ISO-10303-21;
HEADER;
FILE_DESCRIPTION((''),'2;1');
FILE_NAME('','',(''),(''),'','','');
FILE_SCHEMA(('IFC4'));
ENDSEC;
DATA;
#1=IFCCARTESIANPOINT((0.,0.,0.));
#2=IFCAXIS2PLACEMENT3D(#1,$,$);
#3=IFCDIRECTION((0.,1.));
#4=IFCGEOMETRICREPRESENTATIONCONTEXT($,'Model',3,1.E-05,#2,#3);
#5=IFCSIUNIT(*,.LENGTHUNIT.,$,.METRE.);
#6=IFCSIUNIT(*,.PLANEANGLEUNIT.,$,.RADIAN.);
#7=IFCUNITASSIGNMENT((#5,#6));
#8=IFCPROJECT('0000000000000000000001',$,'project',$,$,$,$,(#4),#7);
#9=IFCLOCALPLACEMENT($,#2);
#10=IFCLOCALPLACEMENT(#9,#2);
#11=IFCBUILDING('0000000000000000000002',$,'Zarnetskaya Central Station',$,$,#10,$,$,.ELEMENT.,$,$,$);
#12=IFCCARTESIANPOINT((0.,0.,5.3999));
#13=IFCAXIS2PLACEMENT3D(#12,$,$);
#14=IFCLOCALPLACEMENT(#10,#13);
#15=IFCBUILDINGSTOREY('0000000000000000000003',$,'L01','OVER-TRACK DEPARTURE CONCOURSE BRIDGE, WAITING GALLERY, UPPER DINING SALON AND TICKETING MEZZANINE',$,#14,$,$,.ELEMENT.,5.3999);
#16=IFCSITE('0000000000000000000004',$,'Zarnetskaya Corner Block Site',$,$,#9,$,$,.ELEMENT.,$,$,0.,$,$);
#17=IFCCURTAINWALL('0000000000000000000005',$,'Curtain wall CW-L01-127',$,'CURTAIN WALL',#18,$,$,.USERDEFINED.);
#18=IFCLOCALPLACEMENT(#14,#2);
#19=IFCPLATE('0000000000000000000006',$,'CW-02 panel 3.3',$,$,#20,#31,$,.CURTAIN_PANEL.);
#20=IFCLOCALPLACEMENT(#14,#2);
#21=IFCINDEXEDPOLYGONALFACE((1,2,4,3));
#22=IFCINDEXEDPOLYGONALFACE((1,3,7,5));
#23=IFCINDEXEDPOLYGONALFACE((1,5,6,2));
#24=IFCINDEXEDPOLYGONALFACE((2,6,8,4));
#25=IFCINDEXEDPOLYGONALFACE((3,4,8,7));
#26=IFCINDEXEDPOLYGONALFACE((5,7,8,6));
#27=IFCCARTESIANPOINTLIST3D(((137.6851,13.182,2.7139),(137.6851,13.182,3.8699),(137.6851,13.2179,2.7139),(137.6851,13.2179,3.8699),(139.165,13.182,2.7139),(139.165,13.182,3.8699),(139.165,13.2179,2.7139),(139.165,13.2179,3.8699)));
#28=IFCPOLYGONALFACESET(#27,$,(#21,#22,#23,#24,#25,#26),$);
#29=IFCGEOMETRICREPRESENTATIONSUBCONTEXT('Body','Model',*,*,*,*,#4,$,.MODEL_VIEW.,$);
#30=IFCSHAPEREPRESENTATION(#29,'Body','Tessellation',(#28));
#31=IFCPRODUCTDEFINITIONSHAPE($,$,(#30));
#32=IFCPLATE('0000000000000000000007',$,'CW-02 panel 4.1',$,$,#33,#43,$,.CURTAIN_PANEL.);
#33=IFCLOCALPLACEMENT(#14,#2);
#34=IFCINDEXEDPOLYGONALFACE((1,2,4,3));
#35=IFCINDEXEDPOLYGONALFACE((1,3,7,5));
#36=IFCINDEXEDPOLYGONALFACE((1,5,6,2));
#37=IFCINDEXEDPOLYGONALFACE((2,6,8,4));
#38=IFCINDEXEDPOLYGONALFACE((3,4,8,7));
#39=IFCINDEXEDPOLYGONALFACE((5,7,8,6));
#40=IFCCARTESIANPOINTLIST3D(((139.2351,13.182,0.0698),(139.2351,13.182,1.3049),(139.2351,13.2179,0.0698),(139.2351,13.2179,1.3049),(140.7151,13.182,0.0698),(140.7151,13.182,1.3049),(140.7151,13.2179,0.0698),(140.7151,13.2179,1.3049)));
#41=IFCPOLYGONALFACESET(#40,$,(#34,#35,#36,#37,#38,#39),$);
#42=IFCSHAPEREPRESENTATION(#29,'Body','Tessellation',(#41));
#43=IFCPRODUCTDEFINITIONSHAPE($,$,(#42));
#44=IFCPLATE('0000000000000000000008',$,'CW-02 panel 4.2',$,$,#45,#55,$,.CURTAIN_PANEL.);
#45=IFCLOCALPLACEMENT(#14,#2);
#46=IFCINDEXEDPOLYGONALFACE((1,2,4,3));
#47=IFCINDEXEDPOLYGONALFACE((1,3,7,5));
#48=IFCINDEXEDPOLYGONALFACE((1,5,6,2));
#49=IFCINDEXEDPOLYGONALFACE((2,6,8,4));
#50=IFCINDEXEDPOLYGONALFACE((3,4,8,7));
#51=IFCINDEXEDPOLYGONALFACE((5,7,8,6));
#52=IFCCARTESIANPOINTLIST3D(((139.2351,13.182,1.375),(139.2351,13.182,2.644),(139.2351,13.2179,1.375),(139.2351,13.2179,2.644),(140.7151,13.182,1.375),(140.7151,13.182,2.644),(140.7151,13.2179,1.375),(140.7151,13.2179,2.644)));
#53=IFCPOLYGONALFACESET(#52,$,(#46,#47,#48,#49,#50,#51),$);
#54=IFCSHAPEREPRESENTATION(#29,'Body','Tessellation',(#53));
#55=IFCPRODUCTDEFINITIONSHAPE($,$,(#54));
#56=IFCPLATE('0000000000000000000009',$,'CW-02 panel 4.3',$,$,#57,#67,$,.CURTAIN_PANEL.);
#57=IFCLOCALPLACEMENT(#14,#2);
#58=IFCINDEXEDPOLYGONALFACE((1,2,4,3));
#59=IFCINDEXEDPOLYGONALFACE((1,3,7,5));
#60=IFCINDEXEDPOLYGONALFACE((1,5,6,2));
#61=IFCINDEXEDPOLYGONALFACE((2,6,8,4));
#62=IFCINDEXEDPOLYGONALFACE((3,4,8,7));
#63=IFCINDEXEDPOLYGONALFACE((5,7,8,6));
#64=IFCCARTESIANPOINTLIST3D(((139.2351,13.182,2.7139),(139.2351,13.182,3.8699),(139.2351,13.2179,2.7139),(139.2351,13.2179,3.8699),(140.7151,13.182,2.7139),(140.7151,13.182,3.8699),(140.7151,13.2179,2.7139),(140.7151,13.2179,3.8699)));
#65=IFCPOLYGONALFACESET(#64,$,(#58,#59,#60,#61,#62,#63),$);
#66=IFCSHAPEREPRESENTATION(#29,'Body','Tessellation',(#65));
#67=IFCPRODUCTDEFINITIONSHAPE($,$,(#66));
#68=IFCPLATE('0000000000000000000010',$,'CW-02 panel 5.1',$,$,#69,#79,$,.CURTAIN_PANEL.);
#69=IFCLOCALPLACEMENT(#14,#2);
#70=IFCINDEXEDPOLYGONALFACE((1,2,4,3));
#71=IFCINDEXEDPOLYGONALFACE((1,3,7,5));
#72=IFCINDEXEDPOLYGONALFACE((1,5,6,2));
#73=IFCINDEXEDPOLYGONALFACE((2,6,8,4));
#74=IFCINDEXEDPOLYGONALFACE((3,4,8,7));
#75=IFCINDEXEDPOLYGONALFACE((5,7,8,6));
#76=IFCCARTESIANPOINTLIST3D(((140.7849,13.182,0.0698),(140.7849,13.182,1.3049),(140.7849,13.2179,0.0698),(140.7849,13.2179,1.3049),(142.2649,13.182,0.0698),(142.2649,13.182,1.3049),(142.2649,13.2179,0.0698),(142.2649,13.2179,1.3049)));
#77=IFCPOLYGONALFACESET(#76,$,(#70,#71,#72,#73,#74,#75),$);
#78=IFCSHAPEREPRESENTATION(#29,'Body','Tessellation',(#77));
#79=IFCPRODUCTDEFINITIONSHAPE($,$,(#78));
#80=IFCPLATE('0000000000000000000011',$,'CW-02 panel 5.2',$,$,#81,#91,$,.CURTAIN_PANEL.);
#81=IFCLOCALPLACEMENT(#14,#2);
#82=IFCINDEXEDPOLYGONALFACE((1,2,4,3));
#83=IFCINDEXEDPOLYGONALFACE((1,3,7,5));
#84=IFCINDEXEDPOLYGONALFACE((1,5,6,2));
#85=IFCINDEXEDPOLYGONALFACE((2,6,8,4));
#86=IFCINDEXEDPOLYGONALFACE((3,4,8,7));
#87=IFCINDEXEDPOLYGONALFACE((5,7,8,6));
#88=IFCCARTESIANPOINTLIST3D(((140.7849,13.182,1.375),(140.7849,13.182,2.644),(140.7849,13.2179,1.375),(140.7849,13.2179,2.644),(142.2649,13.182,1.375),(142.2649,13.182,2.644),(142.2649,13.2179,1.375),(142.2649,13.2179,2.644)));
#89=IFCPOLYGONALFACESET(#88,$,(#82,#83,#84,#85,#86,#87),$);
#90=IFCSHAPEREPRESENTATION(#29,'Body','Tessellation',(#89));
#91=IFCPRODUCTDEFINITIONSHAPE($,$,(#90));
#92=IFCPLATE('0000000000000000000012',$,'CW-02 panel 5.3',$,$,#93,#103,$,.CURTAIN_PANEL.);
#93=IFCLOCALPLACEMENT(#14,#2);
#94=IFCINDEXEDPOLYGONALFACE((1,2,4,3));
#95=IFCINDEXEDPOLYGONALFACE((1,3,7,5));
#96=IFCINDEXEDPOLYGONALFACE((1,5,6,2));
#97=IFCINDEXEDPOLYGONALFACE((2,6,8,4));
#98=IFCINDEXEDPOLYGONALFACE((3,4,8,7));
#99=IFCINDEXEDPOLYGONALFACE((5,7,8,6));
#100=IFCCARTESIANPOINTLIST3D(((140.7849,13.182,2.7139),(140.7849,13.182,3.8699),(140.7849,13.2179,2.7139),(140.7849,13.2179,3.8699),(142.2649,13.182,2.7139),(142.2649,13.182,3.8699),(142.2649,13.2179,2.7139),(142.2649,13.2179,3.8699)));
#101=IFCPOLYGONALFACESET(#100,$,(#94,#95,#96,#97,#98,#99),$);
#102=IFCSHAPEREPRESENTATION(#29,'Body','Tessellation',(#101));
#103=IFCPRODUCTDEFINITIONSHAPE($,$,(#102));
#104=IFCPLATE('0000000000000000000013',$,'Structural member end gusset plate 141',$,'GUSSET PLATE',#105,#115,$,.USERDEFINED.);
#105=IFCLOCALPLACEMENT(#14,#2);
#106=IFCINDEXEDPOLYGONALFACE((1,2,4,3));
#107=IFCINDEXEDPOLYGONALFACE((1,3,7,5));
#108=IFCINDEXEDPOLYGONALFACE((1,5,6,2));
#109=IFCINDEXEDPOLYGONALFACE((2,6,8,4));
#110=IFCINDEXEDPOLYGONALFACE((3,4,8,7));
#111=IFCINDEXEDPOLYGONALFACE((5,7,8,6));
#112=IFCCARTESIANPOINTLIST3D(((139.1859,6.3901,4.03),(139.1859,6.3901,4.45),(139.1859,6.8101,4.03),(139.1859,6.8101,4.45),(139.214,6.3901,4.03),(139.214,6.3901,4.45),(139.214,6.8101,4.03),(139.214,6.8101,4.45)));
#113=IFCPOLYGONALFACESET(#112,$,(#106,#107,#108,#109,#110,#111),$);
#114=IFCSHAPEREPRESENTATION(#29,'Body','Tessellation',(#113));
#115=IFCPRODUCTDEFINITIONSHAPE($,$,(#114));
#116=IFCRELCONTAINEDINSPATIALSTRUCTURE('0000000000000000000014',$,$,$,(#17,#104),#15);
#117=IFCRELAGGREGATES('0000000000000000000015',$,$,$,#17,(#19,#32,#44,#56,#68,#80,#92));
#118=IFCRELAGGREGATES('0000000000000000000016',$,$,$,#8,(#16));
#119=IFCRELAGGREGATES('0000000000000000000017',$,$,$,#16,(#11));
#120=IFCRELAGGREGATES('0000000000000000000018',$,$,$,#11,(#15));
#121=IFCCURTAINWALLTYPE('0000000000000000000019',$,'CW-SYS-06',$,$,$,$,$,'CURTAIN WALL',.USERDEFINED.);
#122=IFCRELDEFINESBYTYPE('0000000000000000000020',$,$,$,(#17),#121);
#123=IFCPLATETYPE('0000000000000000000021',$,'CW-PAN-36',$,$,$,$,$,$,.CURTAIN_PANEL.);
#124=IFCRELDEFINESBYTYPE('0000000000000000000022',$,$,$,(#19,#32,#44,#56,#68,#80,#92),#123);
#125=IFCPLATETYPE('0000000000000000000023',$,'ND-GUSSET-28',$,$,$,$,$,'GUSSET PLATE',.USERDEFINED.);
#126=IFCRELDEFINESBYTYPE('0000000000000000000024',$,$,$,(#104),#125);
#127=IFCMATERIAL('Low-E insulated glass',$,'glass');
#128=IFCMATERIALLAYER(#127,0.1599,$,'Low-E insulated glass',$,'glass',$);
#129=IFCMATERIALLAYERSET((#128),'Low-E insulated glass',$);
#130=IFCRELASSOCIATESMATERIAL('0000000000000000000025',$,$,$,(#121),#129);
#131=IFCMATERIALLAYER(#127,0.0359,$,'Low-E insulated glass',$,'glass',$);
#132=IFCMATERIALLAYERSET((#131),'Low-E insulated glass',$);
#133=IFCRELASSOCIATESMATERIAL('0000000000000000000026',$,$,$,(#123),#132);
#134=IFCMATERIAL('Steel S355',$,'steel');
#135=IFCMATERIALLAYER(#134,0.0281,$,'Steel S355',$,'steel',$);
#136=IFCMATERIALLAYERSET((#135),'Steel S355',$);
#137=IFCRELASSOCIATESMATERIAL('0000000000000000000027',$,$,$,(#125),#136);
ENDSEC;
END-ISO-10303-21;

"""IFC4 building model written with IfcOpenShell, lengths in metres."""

from ifc_helpers import new_model, si_unit, direction, frame, origin, origin_2d, place, context, subcontext, project, spatial, rectangle, extrude, material, layer, layer_set, type_object, element, aggregate, save


model = new_model("IFC4")

# Units and contexts
model_context = context("Model", 3, precision=1e-05, world=origin(), true_north=direction((0.0, 1.0)))
body_context = subcontext(model_context, "Body", "Model", "MODEL_VIEW")
ifc_project = project(units=[si_unit("LENGTHUNIT", "METRE"), si_unit("PLANEANGLEUNIT", "RADIAN")], contexts=[model_context])

# Site, building, storey
site_placement = place(None, origin())
site = spatial("IfcSite", under=ifc_project, at=site_placement, Name="Zarnetskaya Corner Block Site", CompositionType="ELEMENT", RefElevation=0.0)
building_placement = place(site_placement, origin())
building = spatial("IfcBuilding", under=site, at=building_placement, Name="Zarnetskaya Central Station", CompositionType="ELEMENT")
storey_placement = place(building_placement, frame((0.0, 0.0, 5.3999)))
storey = spatial("IfcBuildingStorey", under=building, at=storey_placement, Name="L01", Description="OVER-TRACK DEPARTURE CONCOURSE BRIDGE, WAITING GALLERY, UPPER DINING SALON AND TICKETING MEZZANINE", CompositionType="ELEMENT", Elevation=5.3999)

# Curtain wall, plates
ifc_material_1 = material(Name="Low-E insulated glass", Category="glass")
ifc_layer_1 = layer(ifc_material_1, 0.1599, Name="Low-E insulated glass", Category="glass")
ifc_layer_set_1 = layer_set([ifc_layer_1], Name="Low-E insulated glass")
curtain_wall_type = type_object("IfcCurtainWallType", Name="CW-SYS-06", ElementType="CURTAIN WALL", PredefinedType="USERDEFINED", material=ifc_layer_set_1)
curtain_wall_placement = place(storey_placement, origin())
curtain_wall = element("IfcCurtainWall", 1, at=curtain_wall_placement, inside=storey, type_object=curtain_wall_type, Name="Curtain wall CW-L01-127", ObjectType="CURTAIN WALL", PredefinedType="USERDEFINED")
ifc_layer_2 = layer(ifc_material_1, 0.0359, Name="Low-E insulated glass", Category="glass")
ifc_layer_set_2 = layer_set([ifc_layer_2], Name="Low-E insulated glass")
plate_type_1 = type_object("IfcPlateType", Name="CW-PAN-36", PredefinedType="CURTAIN_PANEL", material=ifc_layer_set_2)
plate_1_placement = place(storey_placement, frame((138.425, 13.2, 2.7139), z_axis=(0.0, 0.0, 1.0), x_axis=(1.0, 0.0, 0.0)))
plate_1 = element("IfcPlate", 2, at=plate_1_placement, type_object=plate_type_1, Name="CW-02 panel 3.3", PredefinedType="CURTAIN_PANEL", context=body_context, shape_type="SweptSolid", body=[
    extrude(rectangle(XDim=1.48, YDim=0.0359, at=origin_2d()), origin(), (0.0, 0.0, 1.0), 1.156),
])
plate_2_placement = place(storey_placement, frame((139.9751, 13.2, 0.0698), z_axis=(0.0, 0.0, 1.0), x_axis=(1.0, 0.0, 0.0)))
plate_2 = element("IfcPlate", 3, at=plate_2_placement, type_object=plate_type_1, Name="CW-02 panel 4.1", PredefinedType="CURTAIN_PANEL", context=body_context, shape_type="SweptSolid", body=[
    extrude(rectangle(XDim=1.48, YDim=0.0359, at=origin_2d()), origin(), (0.0, 0.0, 1.0), 1.2351),
])
plate_3_placement = place(storey_placement, frame((139.9751, 13.2, 1.375), z_axis=(0.0, 0.0, 1.0), x_axis=(1.0, 0.0, 0.0)))
plate_3 = element("IfcPlate", 4, at=plate_3_placement, type_object=plate_type_1, Name="CW-02 panel 4.2", PredefinedType="CURTAIN_PANEL", context=body_context, shape_type="SweptSolid", body=[
    extrude(rectangle(XDim=1.48, YDim=0.0359, at=origin_2d()), origin(), (0.0, 0.0, 1.0), 1.269),
])
plate_4_placement = place(storey_placement, frame((139.9751, 13.2, 2.7139), z_axis=(0.0, 0.0, 1.0), x_axis=(1.0, 0.0, 0.0)))
plate_4 = element("IfcPlate", 5, at=plate_4_placement, type_object=plate_type_1, Name="CW-02 panel 4.3", PredefinedType="CURTAIN_PANEL", context=body_context, shape_type="SweptSolid", body=[
    extrude(rectangle(XDim=1.48, YDim=0.0359, at=origin_2d()), origin(), (0.0, 0.0, 1.0), 1.156),
])
plate_5_placement = place(storey_placement, frame((141.5249, 13.2, 0.0698), z_axis=(0.0, 0.0, 1.0), x_axis=(1.0, 0.0, 0.0)))
plate_5 = element("IfcPlate", 6, at=plate_5_placement, type_object=plate_type_1, Name="CW-02 panel 5.1", PredefinedType="CURTAIN_PANEL", context=body_context, shape_type="SweptSolid", body=[
    extrude(rectangle(XDim=1.48, YDim=0.0359, at=origin_2d()), origin(), (0.0, 0.0, 1.0), 1.2351),
])
plate_6_placement = place(storey_placement, frame((141.5249, 13.2, 1.375), z_axis=(0.0, 0.0, 1.0), x_axis=(1.0, 0.0, 0.0)))
plate_6 = element("IfcPlate", 7, at=plate_6_placement, type_object=plate_type_1, Name="CW-02 panel 5.2", PredefinedType="CURTAIN_PANEL", context=body_context, shape_type="SweptSolid", body=[
    extrude(rectangle(XDim=1.48, YDim=0.0359, at=origin_2d()), origin(), (0.0, 0.0, 1.0), 1.269),
])
plate_7_placement = place(storey_placement, frame((141.5249, 13.2, 2.7139), z_axis=(0.0, 0.0, 1.0), x_axis=(1.0, 0.0, 0.0)))
plate_7 = element("IfcPlate", 8, at=plate_7_placement, type_object=plate_type_1, Name="CW-02 panel 5.3", PredefinedType="CURTAIN_PANEL", context=body_context, shape_type="SweptSolid", body=[
    extrude(rectangle(XDim=1.48, YDim=0.0359, at=origin_2d()), origin(), (0.0, 0.0, 1.0), 1.156),
])
aggregate(curtain_wall, [plate_1, plate_2, plate_3, plate_4, plate_5, plate_6, plate_7])

# Plate
ifc_material_2 = material(Name="Steel S355", Category="steel")
ifc_layer_3 = layer(ifc_material_2, 0.0281, Name="Steel S355", Category="steel")
ifc_layer_set_3 = layer_set([ifc_layer_3], Name="Steel S355")
plate_type_2 = type_object("IfcPlateType", Name="ND-GUSSET-28", ElementType="GUSSET PLATE", PredefinedType="USERDEFINED", material=ifc_layer_set_3)
plate_8_placement = place(storey_placement, frame((139.2, 6.6001, 4.03), z_axis=(0.0, 0.0, 1.0), x_axis=(1.0, 0.0, 0.0)))
element("IfcPlate", 9, at=plate_8_placement, inside=storey, type_object=plate_type_2, Name="Structural member end gusset plate 141", ObjectType="GUSSET PLATE", PredefinedType="USERDEFINED", context=body_context, shape_type="SweptSolid", body=[
    extrude(rectangle(XDim=0.0281, YDim=0.4199, at=origin_2d()), origin(), (0.0, 0.0, 1.0), 0.4199),
])

save(model, "model.ifc")
